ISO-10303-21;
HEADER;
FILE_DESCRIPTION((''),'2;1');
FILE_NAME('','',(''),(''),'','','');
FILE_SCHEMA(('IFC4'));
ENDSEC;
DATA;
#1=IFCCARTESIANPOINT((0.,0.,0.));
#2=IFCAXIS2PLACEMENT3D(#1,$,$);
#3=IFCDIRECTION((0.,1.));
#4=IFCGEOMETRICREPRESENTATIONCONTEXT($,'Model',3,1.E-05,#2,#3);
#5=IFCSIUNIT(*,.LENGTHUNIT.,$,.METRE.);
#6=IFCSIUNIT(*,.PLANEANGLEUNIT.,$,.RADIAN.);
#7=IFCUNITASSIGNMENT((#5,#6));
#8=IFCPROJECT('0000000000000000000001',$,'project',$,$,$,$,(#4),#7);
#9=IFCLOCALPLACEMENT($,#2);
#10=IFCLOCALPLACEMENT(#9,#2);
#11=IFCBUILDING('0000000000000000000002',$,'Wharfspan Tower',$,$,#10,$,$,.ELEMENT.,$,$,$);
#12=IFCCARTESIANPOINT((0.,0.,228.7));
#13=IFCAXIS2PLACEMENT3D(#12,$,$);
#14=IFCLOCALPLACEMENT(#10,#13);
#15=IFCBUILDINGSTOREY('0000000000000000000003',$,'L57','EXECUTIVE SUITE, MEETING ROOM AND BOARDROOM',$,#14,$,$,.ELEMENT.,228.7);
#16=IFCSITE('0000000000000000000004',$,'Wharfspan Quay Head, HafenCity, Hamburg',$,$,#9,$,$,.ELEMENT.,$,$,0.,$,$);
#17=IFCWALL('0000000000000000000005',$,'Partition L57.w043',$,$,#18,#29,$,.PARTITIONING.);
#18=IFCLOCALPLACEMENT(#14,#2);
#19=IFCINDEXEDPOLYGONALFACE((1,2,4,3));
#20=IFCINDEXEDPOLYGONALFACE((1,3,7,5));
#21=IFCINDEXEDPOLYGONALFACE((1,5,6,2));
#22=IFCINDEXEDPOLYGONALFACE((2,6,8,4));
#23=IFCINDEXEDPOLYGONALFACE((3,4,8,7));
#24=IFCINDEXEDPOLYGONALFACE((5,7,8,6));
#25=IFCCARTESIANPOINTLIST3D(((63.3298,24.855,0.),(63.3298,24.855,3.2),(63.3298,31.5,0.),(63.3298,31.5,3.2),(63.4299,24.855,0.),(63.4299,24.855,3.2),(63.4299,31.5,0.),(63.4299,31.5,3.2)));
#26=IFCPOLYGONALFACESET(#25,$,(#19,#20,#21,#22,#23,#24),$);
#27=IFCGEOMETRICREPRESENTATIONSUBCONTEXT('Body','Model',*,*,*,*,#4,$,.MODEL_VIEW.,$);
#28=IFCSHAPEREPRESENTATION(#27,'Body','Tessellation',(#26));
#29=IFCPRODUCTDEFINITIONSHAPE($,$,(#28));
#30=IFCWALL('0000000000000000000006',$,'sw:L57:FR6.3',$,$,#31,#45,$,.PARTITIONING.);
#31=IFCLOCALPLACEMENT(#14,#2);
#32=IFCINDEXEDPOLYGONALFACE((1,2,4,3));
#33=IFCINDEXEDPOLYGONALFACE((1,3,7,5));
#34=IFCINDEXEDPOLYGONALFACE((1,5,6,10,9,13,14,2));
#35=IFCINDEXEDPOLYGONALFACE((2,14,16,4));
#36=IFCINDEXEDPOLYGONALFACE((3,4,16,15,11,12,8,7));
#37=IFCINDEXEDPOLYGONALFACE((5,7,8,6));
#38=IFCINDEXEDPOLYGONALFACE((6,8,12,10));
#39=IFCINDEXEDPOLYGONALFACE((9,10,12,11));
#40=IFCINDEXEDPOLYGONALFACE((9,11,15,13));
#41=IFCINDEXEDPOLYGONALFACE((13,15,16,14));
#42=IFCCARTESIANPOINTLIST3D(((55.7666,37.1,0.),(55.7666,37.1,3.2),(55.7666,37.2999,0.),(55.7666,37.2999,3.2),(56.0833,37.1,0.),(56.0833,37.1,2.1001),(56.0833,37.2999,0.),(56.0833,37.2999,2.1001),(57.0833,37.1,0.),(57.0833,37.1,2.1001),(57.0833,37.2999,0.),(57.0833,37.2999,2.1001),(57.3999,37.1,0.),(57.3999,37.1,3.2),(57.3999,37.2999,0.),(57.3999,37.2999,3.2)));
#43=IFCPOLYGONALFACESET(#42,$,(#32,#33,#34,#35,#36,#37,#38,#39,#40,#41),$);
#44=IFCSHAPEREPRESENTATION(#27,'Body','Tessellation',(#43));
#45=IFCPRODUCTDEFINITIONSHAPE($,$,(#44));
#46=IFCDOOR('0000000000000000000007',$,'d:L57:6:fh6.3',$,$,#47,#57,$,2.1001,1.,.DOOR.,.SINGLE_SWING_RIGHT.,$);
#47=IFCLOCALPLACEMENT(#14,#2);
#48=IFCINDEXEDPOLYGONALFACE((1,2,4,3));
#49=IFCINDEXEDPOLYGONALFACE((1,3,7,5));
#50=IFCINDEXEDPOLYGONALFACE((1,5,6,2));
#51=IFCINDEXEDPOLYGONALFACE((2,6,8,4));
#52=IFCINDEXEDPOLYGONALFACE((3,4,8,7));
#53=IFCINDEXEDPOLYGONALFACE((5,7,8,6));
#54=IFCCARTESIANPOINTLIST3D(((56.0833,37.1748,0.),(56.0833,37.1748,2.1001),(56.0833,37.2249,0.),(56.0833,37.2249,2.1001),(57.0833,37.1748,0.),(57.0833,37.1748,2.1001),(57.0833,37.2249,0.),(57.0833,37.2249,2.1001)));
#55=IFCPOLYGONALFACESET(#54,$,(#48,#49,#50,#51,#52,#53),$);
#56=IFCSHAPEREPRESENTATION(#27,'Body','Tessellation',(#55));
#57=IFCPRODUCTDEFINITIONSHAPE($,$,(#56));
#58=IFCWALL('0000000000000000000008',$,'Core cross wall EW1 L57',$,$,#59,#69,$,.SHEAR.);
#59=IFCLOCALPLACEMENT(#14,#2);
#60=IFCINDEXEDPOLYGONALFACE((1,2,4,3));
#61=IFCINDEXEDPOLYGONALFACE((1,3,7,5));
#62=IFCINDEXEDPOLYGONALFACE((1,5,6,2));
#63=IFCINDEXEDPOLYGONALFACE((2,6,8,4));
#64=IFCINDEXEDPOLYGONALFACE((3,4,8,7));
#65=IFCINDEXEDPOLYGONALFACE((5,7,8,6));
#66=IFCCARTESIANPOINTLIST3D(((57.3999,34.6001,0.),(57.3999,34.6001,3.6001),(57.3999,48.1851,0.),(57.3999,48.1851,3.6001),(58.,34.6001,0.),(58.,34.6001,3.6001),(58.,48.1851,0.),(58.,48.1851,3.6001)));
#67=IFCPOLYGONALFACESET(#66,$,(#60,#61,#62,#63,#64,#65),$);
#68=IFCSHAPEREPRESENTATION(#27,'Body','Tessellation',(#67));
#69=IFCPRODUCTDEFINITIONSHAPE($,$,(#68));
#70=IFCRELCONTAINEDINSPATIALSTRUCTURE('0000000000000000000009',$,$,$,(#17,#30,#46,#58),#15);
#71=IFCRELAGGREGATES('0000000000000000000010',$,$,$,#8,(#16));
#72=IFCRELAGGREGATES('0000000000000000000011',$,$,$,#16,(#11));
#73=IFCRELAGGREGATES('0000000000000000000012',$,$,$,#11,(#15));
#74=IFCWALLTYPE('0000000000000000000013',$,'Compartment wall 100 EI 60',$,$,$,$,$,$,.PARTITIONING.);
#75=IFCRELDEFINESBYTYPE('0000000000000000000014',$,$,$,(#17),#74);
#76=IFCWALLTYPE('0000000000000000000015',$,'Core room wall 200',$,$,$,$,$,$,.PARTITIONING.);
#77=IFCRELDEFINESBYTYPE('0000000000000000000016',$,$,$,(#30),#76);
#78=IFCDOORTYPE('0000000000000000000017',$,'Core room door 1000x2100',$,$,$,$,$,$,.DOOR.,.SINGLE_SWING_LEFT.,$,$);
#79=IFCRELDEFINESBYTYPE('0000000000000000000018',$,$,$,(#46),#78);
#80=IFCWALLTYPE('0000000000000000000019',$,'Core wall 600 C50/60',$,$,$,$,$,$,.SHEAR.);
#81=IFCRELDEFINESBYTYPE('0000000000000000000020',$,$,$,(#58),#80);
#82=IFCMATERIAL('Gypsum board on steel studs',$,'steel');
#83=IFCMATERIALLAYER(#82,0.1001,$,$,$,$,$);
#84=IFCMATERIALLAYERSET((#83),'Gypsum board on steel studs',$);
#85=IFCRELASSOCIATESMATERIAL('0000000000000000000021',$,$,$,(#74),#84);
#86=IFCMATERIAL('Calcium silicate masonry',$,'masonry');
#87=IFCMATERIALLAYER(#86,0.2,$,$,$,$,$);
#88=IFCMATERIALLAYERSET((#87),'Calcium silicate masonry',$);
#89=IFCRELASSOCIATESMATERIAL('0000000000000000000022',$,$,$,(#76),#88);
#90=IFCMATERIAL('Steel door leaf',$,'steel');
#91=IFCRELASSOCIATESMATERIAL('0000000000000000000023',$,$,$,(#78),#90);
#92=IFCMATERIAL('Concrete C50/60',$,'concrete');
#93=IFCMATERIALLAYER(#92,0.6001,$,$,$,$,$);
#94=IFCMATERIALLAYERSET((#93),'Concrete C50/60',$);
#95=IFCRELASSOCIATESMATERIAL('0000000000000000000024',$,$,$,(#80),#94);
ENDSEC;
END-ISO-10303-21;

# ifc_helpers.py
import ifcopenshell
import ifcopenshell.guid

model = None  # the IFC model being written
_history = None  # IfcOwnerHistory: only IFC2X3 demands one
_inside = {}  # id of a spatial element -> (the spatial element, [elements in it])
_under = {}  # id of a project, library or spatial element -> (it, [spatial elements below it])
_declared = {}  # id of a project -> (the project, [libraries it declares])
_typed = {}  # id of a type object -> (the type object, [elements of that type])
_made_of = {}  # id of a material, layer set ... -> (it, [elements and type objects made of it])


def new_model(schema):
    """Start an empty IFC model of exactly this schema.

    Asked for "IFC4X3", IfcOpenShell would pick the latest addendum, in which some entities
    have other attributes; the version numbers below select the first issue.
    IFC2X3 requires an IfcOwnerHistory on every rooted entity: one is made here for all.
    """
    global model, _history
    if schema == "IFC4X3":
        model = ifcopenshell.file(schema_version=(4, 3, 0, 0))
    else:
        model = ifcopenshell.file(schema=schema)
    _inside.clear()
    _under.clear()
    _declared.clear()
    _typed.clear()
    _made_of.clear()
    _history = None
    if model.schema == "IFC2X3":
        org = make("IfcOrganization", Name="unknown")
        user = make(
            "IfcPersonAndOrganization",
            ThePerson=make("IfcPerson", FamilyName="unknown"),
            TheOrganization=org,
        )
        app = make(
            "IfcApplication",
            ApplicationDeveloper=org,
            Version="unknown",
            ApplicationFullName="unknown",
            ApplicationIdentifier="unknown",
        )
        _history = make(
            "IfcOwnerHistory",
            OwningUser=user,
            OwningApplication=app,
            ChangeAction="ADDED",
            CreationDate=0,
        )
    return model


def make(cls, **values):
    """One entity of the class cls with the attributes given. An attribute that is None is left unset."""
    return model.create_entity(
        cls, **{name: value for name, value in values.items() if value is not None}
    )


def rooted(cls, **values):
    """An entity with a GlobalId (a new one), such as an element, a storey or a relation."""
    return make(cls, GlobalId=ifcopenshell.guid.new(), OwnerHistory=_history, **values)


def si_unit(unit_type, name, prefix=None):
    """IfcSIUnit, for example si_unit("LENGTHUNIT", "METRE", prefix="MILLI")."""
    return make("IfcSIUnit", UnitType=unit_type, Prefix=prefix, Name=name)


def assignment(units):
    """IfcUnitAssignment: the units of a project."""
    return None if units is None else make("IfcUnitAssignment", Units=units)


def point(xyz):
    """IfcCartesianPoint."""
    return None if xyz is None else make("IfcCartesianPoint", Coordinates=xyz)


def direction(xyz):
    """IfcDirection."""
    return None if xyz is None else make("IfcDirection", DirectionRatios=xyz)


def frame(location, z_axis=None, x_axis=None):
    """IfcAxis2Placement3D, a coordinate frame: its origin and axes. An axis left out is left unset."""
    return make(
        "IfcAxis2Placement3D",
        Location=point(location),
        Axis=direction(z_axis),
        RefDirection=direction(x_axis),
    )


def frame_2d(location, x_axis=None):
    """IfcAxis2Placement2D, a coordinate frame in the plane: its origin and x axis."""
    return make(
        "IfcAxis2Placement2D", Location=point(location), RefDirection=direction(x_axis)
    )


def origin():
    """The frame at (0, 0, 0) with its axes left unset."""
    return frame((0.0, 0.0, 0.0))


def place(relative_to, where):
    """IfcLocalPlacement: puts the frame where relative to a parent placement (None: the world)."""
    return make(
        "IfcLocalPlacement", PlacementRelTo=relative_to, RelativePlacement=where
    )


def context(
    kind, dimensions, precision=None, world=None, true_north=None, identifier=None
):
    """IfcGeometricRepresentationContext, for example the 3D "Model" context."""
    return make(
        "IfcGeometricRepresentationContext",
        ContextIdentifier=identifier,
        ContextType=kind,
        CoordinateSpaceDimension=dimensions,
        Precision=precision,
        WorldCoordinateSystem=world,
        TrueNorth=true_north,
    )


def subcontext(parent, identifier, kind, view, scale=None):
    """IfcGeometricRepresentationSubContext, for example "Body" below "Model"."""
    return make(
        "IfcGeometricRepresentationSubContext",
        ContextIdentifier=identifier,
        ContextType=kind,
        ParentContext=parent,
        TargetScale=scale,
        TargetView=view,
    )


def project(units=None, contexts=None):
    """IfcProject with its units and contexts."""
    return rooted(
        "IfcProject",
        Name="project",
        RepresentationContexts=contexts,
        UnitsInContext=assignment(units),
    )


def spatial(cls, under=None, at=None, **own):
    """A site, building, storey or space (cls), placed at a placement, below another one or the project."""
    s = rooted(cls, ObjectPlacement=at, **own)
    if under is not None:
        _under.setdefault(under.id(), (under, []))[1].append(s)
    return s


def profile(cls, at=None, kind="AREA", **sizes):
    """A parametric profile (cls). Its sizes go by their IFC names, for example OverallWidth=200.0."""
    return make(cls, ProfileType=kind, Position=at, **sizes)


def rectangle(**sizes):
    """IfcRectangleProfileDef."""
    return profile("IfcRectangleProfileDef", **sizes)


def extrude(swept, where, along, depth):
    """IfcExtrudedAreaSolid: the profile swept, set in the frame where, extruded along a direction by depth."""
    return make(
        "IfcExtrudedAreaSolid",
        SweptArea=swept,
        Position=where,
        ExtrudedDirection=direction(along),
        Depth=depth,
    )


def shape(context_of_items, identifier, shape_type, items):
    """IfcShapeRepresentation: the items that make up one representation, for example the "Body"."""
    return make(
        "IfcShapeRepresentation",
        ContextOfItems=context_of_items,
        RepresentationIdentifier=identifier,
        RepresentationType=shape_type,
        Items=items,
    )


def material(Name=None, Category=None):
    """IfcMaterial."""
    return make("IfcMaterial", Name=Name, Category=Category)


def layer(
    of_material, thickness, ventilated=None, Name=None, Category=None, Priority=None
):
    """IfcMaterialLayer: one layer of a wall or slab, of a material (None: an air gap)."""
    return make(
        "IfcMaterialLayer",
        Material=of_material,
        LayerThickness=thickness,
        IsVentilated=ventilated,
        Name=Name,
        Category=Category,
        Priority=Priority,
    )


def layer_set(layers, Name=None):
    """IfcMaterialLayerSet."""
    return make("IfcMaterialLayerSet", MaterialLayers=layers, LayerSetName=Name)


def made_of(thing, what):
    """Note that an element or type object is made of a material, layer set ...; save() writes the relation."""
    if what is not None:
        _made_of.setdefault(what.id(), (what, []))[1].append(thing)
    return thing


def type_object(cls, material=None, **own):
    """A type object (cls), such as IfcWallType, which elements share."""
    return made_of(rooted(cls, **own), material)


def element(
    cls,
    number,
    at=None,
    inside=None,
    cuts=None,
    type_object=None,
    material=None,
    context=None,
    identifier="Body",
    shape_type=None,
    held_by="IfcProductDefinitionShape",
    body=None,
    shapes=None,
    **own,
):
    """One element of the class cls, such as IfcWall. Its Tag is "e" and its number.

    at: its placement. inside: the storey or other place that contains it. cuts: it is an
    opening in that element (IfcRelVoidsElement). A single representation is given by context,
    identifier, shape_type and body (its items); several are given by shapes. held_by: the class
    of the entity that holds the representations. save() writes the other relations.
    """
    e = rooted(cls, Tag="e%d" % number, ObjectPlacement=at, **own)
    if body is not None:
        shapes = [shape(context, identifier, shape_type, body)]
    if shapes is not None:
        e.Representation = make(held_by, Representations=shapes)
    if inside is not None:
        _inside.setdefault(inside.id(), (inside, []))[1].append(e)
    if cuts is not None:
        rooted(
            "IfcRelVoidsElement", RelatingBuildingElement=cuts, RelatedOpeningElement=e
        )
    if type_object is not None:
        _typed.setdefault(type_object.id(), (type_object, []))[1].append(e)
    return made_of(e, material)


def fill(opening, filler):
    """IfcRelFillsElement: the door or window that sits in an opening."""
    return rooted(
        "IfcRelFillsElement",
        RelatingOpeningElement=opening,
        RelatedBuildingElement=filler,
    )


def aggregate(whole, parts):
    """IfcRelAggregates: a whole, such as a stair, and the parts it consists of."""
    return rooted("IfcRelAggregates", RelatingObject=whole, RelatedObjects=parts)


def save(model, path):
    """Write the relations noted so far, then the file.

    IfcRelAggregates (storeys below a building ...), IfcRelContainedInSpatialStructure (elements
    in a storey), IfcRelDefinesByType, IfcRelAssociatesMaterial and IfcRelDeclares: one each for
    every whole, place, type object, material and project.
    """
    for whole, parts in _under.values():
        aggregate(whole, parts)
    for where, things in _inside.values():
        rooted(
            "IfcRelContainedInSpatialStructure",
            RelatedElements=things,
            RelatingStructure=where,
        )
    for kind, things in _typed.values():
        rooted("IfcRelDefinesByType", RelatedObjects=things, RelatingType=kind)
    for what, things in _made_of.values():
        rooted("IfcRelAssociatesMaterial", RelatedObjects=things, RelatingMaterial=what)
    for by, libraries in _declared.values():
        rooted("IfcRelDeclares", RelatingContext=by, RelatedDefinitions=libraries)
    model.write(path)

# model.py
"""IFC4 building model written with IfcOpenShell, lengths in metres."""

from ifc_helpers import new_model, si_unit, direction, frame, frame_2d, origin, place, context, subcontext, project, spatial, rectangle, extrude, material, layer, layer_set, type_object, element, fill, save


model = new_model("IFC4")

# Units and contexts
model_context = context("Model", 3, precision=1e-05, world=origin(), true_north=direction((0.0, 1.0)))
body_context = subcontext(model_context, "Body", "Model", "MODEL_VIEW")
ifc_project = project(units=[si_unit("LENGTHUNIT", "METRE"), si_unit("PLANEANGLEUNIT", "RADIAN")], contexts=[model_context])

# Site, building, storey
site_placement = place(None, origin())
site = spatial("IfcSite", under=ifc_project, at=site_placement, Name="Wharfspan Quay Head, HafenCity, Hamburg", CompositionType="ELEMENT", RefElevation=0.0)
building_placement = place(site_placement, origin())
building = spatial("IfcBuilding", under=site, at=building_placement, Name="Wharfspan Tower", CompositionType="ELEMENT")
storey_placement = place(building_placement, frame((0.0, 0.0, 228.7)))
storey = spatial("IfcBuildingStorey", under=building, at=storey_placement, Name="L57", Description="EXECUTIVE SUITE, MEETING ROOM AND BOARDROOM", CompositionType="ELEMENT", Elevation=228.7)

# Shared definitions
ifc_material_1 = material(Name="Concrete C50/60", Category="concrete")

# Shared definitions
ifc_material_2 = material(Name="Gypsum board on steel studs", Category="steel")
ifc_layer_1 = layer(ifc_material_2, 0.1001)
ifc_layer_set_1 = layer_set([ifc_layer_1], Name="Gypsum board on steel studs")
wall_type_1 = type_object("IfcWallType", Name="Compartment wall 100 EI 60", PredefinedType="PARTITIONING", material=ifc_layer_set_1)

# Wall
wall_1_placement = place(storey_placement, frame((63.3799, 24.855, 0.0), z_axis=(0.0, 0.0, 1.0), x_axis=(0.0, 1.0, 0.0)))
element("IfcWall", 1, at=wall_1_placement, inside=storey, type_object=wall_type_1, Name="Partition L57.w043", PredefinedType="PARTITIONING", context=body_context, shape_type="SweptSolid", body=[
    extrude(rectangle(XDim=6.645, YDim=0.1001, at=frame_2d((3.3225, 0.0))), origin(), (0.0, 0.0, 1.0), 3.2),
])

# Wall, opening, door
ifc_material_3 = material(Name="Calcium silicate masonry", Category="masonry")
ifc_layer_2 = layer(ifc_material_3, 0.2)
ifc_layer_set_2 = layer_set([ifc_layer_2], Name="Calcium silicate masonry")
wall_type_2 = type_object("IfcWallType", Name="Core room wall 200", PredefinedType="PARTITIONING", material=ifc_layer_set_2)
wall_2_placement = place(storey_placement, frame((55.7666, 37.2, 0.0), z_axis=(0.0, 0.0, 1.0), x_axis=(1.0, 0.0, 0.0)))
wall_2 = element("IfcWall", 2, at=wall_2_placement, inside=storey, type_object=wall_type_2, Name="sw:L57:FR6.3", PredefinedType="PARTITIONING", context=body_context, shape_type="SweptSolid", body=[
    extrude(rectangle(XDim=1.6333, YDim=0.2, at=frame_2d((0.8166, 0.0))), origin(), (0.0, 0.0, 1.0), 3.2),
])
opening_1_placement = place(wall_2_placement, frame((0.3166, 0.0, 0.0)))
opening_1 = element("IfcOpeningElement", 3, at=opening_1_placement, cuts=wall_2, PredefinedType="OPENING", context=body_context, shape_type="SweptSolid", body=[
    extrude(rectangle(XDim=1.0, YDim=2.1001, at=frame_2d((0.5, 1.05))), frame((0.0, 0.1099, 0.0), z_axis=(0.0, -1.0, 0.0), x_axis=(1.0, 0.0, 0.0)), (0.0, 0.0, 1.0), 0.22),
])
ifc_material_4 = material(Name="Steel door leaf", Category="steel")
door_type_1 = type_object("IfcDoorType", Name="Core room door 1000x2100", OperationType="SINGLE_SWING_LEFT", PredefinedType="DOOR", material=ifc_material_4)
door_1_placement = place(opening_1_placement, origin())
door_1 = element("IfcDoor", 4, at=door_1_placement, inside=storey, type_object=door_type_1, Name="d:L57:6:fh6.3", OperationType="SINGLE_SWING_RIGHT", OverallHeight=2.1001, OverallWidth=1.0, PredefinedType="DOOR", context=body_context, shape_type="SweptSolid", body=[
    extrude(rectangle(XDim=1.0, YDim=2.1001, at=frame_2d((0.5, 1.05))), frame((0.0, 0.0249, 0.0), z_axis=(0.0, -1.0, 0.0), x_axis=(1.0, 0.0, 0.0)), (0.0, 0.0, 1.0), 0.05),
])
fill(opening_1, door_1)

# Wall
ifc_layer_3 = layer(ifc_material_1, 0.6001)
ifc_layer_set_3 = layer_set([ifc_layer_3], Name="Concrete C50/60")
wall_type_3 = type_object("IfcWallType", Name="Core wall 600 C50/60", PredefinedType="SHEAR", material=ifc_layer_set_3)
wall_3_placement = place(storey_placement, frame((57.7, 34.6001, 0.0), z_axis=(0.0, 0.0, 1.0), x_axis=(0.0, 1.0, 0.0)))
element("IfcWall", 5, at=wall_3_placement, inside=storey, type_object=wall_type_3, Name="Core cross wall EW1 L57", PredefinedType="SHEAR", context=body_context, shape_type="SweptSolid", body=[
    extrude(rectangle(XDim=13.585, YDim=0.6001, at=frame_2d((6.7925, 0.0))), origin(), (0.0, 0.0, 1.0), 3.6001),
])

save(model, "model.ifc")
